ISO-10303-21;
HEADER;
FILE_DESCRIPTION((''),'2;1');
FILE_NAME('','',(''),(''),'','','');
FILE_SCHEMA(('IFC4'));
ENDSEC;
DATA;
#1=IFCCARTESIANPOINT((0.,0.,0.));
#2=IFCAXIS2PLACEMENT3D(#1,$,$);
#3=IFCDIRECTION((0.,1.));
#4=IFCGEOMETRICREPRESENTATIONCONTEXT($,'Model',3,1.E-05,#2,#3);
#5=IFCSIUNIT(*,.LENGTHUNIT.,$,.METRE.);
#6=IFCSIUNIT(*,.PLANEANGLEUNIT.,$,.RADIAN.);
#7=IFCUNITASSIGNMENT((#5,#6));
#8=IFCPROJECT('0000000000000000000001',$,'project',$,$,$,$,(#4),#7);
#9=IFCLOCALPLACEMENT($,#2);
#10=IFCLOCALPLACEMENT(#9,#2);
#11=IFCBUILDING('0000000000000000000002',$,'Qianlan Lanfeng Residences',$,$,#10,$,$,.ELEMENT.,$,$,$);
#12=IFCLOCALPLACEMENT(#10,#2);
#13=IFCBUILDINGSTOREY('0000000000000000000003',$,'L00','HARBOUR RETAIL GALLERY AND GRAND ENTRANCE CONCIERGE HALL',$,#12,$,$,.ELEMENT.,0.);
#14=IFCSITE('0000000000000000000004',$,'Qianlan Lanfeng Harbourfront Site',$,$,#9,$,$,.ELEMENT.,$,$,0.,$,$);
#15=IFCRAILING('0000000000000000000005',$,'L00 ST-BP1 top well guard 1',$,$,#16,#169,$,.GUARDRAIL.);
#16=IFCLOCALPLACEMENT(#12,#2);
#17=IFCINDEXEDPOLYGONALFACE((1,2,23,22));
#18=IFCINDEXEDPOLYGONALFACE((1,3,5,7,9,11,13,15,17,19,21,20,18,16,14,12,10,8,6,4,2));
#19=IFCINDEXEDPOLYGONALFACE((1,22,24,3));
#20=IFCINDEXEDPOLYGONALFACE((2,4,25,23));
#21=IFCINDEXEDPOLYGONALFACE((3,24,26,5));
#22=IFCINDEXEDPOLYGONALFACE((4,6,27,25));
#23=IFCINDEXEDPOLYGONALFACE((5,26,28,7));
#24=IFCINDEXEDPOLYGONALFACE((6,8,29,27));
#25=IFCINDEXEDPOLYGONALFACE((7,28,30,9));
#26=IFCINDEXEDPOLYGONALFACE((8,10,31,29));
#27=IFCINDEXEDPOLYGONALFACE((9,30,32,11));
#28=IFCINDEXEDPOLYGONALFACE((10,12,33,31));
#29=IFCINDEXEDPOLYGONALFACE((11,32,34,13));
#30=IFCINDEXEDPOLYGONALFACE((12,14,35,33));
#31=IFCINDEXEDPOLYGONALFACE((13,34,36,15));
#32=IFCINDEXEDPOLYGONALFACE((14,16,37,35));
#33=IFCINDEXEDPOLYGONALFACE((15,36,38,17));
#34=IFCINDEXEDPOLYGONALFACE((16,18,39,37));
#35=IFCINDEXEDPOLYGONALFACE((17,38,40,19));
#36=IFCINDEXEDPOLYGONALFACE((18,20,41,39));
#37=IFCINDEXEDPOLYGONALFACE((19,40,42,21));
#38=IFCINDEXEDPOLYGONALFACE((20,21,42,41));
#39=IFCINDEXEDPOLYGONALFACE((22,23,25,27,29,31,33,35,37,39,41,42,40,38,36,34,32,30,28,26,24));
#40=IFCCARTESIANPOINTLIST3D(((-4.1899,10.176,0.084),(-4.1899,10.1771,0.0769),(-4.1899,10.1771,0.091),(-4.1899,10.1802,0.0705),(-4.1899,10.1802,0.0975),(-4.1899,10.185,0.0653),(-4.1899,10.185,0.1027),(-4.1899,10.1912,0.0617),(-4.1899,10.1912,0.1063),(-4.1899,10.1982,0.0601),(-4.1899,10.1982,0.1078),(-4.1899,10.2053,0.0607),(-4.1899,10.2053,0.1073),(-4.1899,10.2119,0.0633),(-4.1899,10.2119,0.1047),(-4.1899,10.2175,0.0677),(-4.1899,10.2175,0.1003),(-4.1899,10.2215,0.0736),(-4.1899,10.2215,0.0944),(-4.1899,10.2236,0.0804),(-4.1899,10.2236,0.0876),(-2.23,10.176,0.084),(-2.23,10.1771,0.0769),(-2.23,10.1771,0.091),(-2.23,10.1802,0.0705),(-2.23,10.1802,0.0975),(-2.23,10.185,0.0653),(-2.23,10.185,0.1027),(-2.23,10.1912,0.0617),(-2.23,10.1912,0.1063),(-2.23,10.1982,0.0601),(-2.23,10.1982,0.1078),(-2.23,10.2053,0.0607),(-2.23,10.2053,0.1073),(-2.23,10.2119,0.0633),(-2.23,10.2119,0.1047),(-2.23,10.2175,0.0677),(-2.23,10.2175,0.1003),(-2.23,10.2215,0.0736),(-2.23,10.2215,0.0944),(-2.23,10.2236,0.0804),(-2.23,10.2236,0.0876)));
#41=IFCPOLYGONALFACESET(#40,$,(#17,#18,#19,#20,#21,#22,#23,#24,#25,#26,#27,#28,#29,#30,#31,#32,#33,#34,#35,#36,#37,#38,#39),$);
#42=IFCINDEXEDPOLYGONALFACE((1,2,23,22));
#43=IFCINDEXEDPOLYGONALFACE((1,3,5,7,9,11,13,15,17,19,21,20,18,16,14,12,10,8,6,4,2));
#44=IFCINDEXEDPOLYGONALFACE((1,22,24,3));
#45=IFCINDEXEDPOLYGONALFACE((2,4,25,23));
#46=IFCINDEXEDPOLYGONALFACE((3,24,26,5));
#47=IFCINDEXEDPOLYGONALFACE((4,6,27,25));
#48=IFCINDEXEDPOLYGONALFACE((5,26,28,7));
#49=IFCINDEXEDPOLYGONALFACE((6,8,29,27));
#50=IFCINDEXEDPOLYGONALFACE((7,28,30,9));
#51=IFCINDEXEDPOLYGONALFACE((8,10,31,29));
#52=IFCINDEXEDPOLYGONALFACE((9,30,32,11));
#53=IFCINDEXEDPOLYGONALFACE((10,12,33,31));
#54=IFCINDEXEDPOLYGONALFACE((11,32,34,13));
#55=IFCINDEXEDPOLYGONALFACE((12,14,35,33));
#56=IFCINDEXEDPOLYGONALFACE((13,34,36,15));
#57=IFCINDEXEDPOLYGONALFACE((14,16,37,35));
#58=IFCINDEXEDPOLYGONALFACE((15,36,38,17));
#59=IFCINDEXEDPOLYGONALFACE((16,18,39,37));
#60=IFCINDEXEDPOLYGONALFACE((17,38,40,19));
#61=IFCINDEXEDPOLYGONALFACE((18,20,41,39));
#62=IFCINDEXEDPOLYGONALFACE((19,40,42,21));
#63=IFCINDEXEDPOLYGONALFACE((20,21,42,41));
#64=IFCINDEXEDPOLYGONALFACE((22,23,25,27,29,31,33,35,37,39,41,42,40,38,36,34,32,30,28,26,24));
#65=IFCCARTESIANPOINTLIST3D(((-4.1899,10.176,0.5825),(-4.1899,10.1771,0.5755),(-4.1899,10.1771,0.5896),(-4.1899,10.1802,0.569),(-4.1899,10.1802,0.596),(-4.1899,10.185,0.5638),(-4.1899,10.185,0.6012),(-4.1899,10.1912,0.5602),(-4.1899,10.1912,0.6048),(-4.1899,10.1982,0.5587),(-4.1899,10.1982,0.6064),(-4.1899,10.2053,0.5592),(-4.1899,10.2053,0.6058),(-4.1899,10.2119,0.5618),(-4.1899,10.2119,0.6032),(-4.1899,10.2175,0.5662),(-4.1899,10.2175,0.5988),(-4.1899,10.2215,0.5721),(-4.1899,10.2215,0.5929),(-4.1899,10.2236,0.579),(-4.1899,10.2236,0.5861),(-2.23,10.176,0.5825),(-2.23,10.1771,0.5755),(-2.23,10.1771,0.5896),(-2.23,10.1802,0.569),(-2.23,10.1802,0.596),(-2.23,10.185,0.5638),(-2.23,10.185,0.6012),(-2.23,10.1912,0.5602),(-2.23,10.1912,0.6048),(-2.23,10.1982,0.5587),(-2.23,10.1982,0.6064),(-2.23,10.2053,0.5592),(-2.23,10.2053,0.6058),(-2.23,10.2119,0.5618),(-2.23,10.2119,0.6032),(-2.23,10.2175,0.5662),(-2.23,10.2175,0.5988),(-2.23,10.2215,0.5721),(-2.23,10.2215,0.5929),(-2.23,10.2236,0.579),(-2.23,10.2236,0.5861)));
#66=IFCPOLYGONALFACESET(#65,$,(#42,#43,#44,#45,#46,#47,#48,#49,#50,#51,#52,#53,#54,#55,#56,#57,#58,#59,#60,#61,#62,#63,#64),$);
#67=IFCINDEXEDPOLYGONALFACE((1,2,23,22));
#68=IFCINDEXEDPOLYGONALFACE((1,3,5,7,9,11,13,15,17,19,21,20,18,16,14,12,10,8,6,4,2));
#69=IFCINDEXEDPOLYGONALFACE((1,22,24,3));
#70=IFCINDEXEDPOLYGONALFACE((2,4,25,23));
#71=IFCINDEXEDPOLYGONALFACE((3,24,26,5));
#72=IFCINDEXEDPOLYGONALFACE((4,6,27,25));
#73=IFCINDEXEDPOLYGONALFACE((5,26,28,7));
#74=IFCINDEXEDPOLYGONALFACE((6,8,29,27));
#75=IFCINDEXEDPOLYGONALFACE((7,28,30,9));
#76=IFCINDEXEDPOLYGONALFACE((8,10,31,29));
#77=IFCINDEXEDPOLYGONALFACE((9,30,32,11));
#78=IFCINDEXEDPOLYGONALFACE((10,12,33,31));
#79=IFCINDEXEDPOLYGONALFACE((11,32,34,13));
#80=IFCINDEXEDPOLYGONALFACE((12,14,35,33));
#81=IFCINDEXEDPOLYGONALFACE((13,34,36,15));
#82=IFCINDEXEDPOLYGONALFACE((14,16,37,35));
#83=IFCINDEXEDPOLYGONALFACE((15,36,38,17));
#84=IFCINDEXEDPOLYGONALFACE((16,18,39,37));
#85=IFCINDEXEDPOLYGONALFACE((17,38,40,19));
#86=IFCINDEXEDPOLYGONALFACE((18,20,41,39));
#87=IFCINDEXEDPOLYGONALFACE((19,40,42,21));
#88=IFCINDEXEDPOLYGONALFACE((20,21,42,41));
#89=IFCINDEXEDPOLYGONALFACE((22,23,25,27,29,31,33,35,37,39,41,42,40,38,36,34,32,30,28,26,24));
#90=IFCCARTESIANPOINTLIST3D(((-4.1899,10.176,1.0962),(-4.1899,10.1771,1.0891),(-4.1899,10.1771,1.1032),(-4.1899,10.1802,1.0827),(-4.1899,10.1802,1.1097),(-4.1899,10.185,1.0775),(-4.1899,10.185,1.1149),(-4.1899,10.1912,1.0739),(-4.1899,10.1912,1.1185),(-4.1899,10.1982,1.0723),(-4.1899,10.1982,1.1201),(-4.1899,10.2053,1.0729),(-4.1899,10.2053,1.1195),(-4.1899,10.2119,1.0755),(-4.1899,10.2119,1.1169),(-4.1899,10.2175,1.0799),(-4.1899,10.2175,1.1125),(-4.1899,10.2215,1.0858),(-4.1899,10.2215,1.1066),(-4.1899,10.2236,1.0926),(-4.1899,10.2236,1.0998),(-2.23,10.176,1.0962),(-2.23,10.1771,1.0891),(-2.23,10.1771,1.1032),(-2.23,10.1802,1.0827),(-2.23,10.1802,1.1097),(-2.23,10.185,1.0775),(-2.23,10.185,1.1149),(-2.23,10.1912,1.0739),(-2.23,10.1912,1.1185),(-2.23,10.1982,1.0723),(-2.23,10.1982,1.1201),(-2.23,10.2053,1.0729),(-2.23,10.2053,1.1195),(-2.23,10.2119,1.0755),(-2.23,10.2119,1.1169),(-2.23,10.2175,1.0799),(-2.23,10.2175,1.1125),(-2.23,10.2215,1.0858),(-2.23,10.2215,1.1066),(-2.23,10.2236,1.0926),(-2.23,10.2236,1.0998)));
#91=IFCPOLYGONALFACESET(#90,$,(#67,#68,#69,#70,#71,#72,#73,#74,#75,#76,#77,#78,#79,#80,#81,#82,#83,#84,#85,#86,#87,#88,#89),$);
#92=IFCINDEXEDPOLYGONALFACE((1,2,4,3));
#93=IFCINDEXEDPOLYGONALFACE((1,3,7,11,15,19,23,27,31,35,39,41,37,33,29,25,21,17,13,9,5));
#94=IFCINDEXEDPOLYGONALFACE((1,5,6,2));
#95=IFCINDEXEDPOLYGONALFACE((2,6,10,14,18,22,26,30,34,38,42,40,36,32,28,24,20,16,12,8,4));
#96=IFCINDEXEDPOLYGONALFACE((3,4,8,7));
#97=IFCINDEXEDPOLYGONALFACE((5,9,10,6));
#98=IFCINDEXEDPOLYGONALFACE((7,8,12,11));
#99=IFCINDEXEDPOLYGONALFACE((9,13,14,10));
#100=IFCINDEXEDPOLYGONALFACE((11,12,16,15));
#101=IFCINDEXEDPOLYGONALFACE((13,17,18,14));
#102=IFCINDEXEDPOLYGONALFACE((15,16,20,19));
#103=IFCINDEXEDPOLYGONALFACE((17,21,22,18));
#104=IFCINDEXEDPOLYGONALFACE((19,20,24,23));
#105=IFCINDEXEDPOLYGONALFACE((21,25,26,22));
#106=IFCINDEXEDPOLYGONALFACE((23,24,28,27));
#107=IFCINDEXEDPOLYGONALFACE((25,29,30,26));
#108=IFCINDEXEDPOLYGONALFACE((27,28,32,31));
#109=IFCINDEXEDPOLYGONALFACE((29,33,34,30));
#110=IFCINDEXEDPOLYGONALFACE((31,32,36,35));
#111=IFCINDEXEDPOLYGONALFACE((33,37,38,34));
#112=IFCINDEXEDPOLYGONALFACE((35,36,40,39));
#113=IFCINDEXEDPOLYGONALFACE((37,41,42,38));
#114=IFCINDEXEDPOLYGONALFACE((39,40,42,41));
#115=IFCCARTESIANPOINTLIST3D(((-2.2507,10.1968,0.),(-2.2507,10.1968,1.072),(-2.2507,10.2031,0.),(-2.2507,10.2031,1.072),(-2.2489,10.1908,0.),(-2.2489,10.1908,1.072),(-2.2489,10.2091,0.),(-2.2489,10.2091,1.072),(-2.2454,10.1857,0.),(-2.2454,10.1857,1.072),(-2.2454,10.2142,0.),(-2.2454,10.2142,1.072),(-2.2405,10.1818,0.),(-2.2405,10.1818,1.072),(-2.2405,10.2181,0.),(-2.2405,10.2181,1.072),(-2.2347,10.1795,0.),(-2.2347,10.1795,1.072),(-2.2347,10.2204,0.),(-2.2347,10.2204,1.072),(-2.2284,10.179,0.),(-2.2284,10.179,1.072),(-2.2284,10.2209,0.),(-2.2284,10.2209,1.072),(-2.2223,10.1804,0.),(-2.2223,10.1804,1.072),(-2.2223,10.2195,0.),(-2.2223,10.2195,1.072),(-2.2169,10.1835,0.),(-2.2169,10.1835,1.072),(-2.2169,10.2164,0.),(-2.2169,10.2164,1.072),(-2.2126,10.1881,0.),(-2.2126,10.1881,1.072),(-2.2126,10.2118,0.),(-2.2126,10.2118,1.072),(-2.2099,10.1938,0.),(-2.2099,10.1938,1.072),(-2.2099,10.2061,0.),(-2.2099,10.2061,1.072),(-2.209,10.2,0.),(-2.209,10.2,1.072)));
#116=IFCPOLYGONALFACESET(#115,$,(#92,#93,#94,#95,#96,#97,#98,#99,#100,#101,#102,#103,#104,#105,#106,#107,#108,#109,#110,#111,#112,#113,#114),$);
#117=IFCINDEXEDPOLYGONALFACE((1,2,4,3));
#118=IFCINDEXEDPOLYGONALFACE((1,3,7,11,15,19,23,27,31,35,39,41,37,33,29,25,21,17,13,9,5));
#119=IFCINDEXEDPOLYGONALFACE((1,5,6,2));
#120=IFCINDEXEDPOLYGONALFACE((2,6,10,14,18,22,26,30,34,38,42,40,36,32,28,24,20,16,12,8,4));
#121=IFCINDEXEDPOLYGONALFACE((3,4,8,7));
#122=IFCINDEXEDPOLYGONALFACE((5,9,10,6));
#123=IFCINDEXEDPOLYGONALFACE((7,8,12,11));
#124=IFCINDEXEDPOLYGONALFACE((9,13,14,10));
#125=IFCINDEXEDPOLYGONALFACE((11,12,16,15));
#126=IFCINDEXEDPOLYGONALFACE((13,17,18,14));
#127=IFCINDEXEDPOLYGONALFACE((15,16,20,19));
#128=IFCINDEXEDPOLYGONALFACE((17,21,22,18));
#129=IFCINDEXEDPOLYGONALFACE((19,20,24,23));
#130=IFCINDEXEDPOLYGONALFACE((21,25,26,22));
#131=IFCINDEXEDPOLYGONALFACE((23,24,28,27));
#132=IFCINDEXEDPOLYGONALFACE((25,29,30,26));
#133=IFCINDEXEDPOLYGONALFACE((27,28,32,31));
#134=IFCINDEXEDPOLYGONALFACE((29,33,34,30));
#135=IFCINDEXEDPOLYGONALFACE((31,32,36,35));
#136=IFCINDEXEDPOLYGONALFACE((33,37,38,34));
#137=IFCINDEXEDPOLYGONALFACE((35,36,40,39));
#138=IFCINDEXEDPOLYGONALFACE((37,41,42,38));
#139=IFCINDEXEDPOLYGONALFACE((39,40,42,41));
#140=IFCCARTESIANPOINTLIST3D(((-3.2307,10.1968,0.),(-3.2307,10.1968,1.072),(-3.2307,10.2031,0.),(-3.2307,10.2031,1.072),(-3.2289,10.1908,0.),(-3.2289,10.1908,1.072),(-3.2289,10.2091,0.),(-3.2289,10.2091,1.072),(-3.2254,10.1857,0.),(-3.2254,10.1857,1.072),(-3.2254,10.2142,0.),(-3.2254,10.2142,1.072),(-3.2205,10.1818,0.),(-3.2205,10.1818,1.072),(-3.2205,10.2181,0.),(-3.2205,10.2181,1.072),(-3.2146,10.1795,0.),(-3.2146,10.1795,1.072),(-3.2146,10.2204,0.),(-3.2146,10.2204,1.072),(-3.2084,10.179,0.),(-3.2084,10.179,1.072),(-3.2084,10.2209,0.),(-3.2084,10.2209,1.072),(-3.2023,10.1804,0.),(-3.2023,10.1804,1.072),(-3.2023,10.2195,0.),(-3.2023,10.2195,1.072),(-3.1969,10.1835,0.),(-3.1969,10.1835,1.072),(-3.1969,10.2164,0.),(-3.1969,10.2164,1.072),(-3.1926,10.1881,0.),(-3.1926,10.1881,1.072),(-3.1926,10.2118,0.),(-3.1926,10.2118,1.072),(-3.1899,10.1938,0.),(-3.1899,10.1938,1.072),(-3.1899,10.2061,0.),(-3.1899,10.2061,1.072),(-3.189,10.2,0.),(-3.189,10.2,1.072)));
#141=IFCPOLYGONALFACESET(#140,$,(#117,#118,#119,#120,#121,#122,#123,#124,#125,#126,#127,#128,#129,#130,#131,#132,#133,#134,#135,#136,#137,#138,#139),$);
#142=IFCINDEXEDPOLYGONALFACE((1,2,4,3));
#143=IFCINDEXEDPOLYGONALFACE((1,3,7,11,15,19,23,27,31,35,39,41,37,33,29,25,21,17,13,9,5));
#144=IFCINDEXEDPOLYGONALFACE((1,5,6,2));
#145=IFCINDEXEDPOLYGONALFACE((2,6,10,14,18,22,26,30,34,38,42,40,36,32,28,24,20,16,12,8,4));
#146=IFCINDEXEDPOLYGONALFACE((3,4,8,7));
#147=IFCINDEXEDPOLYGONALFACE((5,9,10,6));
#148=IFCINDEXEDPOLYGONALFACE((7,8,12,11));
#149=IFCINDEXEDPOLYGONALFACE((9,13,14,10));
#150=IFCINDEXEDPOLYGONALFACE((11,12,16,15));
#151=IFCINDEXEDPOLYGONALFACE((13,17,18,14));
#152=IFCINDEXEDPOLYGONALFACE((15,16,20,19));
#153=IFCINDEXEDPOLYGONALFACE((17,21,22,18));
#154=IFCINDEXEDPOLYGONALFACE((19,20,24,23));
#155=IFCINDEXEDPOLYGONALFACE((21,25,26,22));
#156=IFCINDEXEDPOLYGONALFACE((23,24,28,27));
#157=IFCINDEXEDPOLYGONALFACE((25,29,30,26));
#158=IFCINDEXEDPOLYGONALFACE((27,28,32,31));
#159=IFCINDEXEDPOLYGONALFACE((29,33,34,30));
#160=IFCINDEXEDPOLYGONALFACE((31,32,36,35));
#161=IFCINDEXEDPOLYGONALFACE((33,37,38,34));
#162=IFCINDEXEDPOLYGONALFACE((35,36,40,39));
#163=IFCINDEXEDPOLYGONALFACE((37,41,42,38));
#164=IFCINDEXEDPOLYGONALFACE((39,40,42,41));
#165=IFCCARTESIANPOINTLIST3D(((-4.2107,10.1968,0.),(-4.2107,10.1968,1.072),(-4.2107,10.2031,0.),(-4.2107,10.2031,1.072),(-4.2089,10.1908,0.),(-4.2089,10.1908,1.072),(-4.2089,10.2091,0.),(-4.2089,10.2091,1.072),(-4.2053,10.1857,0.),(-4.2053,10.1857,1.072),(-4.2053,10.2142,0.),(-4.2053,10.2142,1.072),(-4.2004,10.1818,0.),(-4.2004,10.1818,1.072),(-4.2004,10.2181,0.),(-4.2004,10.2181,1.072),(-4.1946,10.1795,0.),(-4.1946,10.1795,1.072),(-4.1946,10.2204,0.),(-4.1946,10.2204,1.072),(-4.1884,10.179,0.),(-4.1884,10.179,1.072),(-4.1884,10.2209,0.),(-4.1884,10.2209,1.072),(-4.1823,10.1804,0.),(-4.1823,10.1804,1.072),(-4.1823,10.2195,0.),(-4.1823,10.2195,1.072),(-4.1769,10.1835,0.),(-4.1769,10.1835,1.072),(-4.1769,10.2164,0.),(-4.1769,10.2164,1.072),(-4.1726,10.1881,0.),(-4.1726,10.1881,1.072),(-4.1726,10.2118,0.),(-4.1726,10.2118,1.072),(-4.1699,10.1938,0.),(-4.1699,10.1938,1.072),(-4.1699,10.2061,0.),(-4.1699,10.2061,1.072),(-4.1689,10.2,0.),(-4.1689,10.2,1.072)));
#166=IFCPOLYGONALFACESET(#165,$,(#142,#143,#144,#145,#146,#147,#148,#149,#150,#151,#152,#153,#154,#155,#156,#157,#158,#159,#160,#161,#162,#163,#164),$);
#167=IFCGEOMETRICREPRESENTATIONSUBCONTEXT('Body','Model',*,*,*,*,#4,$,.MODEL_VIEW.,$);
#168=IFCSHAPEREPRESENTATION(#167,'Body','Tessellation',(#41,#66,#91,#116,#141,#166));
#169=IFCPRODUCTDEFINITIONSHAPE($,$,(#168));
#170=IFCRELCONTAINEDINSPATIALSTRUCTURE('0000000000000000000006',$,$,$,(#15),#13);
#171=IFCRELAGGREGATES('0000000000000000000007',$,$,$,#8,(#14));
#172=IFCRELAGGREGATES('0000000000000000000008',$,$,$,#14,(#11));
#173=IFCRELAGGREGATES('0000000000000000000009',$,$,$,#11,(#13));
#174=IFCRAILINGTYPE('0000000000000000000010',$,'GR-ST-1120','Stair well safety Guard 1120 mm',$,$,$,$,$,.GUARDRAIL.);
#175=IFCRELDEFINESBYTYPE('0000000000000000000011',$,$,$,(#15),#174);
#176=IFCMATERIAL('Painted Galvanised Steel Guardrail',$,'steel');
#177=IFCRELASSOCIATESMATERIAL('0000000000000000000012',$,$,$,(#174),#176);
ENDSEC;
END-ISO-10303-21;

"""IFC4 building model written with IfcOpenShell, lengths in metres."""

from ifc_helpers import new_model, si_unit, direction, frame, origin, origin_2d, place, context, subcontext, project, spatial, circle, extrude, material, type_object, element, save


model = new_model("IFC4")

# Units and contexts
model_context = context("Model", 3, precision=1e-05, world=origin(), true_north=direction((0.0, 1.0)))
body_context = subcontext(model_context, "Body", "Model", "MODEL_VIEW")
ifc_project = project(units=[si_unit("LENGTHUNIT", "METRE"), si_unit("PLANEANGLEUNIT", "RADIAN")], contexts=[model_context])

# Site, building, storey
site_placement = place(None, origin())
site = spatial("IfcSite", under=ifc_project, at=site_placement, Name="Qianlan Lanfeng Harbourfront Site", CompositionType="ELEMENT", RefElevation=0.0)
building_placement = place(site_placement, origin())
building = spatial("IfcBuilding", under=site, at=building_placement, Name="Qianlan Lanfeng Residences", CompositionType="ELEMENT")
storey_placement = place(building_placement, origin())
storey = spatial("IfcBuildingStorey", under=building, at=storey_placement, Name="L00", Description="HARBOUR RETAIL GALLERY AND GRAND ENTRANCE CONCIERGE HALL", CompositionType="ELEMENT", Elevation=0.0)

# Railing
ifc_material_1 = material(Name="Painted Galvanised Steel Guardrail", Category="steel")
railing_type = type_object("IfcRailingType", Name="GR-ST-1120", Description="Stair well safety Guard 1120 mm", PredefinedType="GUARDRAIL", material=ifc_material_1)
railing_placement = place(storey_placement, frame((-2.23, 10.2, 0.0)))
element("IfcRailing", 1, at=railing_placement, inside=storey, type_object=railing_type, Name="L00 ST-BP1 top well guard 1", PredefinedType="GUARDRAIL", context=body_context, shape_type="SweptSolid", body=[
    extrude(circle(Radius=0.0239, at=origin_2d()), frame((0.0, 0.0, 0.084), z_axis=(-1.0, 0.0, 0.0), x_axis=(0.0, -1.0, 0.0)), (0.0, 0.0, 1.0), 1.96),
    extrude(circle(Radius=0.0239, at=origin_2d()), frame((0.0, 0.0, 0.5825), z_axis=(-1.0, 0.0, 0.0), x_axis=(0.0, -1.0, 0.0)), (0.0, 0.0, 1.0), 1.96),
    extrude(circle(Radius=0.0239, at=origin_2d()), frame((0.0, 0.0, 1.0962), z_axis=(-1.0, 0.0, 0.0), x_axis=(0.0, -1.0, 0.0)), (0.0, 0.0, 1.0), 1.96),
    extrude(circle(Radius=0.021, at=origin_2d()), origin(), (0.0, 0.0, 1.0), 1.072),
    extrude(circle(Radius=0.021, at=origin_2d()), frame((-0.98, 0.0, 0.0)), (0.0, 0.0, 1.0), 1.072),
    extrude(circle(Radius=0.021, at=origin_2d()), frame((-1.96, 0.0, 0.0)), (0.0, 0.0, 1.0), 1.072),
])

save(model, "model.ifc")
